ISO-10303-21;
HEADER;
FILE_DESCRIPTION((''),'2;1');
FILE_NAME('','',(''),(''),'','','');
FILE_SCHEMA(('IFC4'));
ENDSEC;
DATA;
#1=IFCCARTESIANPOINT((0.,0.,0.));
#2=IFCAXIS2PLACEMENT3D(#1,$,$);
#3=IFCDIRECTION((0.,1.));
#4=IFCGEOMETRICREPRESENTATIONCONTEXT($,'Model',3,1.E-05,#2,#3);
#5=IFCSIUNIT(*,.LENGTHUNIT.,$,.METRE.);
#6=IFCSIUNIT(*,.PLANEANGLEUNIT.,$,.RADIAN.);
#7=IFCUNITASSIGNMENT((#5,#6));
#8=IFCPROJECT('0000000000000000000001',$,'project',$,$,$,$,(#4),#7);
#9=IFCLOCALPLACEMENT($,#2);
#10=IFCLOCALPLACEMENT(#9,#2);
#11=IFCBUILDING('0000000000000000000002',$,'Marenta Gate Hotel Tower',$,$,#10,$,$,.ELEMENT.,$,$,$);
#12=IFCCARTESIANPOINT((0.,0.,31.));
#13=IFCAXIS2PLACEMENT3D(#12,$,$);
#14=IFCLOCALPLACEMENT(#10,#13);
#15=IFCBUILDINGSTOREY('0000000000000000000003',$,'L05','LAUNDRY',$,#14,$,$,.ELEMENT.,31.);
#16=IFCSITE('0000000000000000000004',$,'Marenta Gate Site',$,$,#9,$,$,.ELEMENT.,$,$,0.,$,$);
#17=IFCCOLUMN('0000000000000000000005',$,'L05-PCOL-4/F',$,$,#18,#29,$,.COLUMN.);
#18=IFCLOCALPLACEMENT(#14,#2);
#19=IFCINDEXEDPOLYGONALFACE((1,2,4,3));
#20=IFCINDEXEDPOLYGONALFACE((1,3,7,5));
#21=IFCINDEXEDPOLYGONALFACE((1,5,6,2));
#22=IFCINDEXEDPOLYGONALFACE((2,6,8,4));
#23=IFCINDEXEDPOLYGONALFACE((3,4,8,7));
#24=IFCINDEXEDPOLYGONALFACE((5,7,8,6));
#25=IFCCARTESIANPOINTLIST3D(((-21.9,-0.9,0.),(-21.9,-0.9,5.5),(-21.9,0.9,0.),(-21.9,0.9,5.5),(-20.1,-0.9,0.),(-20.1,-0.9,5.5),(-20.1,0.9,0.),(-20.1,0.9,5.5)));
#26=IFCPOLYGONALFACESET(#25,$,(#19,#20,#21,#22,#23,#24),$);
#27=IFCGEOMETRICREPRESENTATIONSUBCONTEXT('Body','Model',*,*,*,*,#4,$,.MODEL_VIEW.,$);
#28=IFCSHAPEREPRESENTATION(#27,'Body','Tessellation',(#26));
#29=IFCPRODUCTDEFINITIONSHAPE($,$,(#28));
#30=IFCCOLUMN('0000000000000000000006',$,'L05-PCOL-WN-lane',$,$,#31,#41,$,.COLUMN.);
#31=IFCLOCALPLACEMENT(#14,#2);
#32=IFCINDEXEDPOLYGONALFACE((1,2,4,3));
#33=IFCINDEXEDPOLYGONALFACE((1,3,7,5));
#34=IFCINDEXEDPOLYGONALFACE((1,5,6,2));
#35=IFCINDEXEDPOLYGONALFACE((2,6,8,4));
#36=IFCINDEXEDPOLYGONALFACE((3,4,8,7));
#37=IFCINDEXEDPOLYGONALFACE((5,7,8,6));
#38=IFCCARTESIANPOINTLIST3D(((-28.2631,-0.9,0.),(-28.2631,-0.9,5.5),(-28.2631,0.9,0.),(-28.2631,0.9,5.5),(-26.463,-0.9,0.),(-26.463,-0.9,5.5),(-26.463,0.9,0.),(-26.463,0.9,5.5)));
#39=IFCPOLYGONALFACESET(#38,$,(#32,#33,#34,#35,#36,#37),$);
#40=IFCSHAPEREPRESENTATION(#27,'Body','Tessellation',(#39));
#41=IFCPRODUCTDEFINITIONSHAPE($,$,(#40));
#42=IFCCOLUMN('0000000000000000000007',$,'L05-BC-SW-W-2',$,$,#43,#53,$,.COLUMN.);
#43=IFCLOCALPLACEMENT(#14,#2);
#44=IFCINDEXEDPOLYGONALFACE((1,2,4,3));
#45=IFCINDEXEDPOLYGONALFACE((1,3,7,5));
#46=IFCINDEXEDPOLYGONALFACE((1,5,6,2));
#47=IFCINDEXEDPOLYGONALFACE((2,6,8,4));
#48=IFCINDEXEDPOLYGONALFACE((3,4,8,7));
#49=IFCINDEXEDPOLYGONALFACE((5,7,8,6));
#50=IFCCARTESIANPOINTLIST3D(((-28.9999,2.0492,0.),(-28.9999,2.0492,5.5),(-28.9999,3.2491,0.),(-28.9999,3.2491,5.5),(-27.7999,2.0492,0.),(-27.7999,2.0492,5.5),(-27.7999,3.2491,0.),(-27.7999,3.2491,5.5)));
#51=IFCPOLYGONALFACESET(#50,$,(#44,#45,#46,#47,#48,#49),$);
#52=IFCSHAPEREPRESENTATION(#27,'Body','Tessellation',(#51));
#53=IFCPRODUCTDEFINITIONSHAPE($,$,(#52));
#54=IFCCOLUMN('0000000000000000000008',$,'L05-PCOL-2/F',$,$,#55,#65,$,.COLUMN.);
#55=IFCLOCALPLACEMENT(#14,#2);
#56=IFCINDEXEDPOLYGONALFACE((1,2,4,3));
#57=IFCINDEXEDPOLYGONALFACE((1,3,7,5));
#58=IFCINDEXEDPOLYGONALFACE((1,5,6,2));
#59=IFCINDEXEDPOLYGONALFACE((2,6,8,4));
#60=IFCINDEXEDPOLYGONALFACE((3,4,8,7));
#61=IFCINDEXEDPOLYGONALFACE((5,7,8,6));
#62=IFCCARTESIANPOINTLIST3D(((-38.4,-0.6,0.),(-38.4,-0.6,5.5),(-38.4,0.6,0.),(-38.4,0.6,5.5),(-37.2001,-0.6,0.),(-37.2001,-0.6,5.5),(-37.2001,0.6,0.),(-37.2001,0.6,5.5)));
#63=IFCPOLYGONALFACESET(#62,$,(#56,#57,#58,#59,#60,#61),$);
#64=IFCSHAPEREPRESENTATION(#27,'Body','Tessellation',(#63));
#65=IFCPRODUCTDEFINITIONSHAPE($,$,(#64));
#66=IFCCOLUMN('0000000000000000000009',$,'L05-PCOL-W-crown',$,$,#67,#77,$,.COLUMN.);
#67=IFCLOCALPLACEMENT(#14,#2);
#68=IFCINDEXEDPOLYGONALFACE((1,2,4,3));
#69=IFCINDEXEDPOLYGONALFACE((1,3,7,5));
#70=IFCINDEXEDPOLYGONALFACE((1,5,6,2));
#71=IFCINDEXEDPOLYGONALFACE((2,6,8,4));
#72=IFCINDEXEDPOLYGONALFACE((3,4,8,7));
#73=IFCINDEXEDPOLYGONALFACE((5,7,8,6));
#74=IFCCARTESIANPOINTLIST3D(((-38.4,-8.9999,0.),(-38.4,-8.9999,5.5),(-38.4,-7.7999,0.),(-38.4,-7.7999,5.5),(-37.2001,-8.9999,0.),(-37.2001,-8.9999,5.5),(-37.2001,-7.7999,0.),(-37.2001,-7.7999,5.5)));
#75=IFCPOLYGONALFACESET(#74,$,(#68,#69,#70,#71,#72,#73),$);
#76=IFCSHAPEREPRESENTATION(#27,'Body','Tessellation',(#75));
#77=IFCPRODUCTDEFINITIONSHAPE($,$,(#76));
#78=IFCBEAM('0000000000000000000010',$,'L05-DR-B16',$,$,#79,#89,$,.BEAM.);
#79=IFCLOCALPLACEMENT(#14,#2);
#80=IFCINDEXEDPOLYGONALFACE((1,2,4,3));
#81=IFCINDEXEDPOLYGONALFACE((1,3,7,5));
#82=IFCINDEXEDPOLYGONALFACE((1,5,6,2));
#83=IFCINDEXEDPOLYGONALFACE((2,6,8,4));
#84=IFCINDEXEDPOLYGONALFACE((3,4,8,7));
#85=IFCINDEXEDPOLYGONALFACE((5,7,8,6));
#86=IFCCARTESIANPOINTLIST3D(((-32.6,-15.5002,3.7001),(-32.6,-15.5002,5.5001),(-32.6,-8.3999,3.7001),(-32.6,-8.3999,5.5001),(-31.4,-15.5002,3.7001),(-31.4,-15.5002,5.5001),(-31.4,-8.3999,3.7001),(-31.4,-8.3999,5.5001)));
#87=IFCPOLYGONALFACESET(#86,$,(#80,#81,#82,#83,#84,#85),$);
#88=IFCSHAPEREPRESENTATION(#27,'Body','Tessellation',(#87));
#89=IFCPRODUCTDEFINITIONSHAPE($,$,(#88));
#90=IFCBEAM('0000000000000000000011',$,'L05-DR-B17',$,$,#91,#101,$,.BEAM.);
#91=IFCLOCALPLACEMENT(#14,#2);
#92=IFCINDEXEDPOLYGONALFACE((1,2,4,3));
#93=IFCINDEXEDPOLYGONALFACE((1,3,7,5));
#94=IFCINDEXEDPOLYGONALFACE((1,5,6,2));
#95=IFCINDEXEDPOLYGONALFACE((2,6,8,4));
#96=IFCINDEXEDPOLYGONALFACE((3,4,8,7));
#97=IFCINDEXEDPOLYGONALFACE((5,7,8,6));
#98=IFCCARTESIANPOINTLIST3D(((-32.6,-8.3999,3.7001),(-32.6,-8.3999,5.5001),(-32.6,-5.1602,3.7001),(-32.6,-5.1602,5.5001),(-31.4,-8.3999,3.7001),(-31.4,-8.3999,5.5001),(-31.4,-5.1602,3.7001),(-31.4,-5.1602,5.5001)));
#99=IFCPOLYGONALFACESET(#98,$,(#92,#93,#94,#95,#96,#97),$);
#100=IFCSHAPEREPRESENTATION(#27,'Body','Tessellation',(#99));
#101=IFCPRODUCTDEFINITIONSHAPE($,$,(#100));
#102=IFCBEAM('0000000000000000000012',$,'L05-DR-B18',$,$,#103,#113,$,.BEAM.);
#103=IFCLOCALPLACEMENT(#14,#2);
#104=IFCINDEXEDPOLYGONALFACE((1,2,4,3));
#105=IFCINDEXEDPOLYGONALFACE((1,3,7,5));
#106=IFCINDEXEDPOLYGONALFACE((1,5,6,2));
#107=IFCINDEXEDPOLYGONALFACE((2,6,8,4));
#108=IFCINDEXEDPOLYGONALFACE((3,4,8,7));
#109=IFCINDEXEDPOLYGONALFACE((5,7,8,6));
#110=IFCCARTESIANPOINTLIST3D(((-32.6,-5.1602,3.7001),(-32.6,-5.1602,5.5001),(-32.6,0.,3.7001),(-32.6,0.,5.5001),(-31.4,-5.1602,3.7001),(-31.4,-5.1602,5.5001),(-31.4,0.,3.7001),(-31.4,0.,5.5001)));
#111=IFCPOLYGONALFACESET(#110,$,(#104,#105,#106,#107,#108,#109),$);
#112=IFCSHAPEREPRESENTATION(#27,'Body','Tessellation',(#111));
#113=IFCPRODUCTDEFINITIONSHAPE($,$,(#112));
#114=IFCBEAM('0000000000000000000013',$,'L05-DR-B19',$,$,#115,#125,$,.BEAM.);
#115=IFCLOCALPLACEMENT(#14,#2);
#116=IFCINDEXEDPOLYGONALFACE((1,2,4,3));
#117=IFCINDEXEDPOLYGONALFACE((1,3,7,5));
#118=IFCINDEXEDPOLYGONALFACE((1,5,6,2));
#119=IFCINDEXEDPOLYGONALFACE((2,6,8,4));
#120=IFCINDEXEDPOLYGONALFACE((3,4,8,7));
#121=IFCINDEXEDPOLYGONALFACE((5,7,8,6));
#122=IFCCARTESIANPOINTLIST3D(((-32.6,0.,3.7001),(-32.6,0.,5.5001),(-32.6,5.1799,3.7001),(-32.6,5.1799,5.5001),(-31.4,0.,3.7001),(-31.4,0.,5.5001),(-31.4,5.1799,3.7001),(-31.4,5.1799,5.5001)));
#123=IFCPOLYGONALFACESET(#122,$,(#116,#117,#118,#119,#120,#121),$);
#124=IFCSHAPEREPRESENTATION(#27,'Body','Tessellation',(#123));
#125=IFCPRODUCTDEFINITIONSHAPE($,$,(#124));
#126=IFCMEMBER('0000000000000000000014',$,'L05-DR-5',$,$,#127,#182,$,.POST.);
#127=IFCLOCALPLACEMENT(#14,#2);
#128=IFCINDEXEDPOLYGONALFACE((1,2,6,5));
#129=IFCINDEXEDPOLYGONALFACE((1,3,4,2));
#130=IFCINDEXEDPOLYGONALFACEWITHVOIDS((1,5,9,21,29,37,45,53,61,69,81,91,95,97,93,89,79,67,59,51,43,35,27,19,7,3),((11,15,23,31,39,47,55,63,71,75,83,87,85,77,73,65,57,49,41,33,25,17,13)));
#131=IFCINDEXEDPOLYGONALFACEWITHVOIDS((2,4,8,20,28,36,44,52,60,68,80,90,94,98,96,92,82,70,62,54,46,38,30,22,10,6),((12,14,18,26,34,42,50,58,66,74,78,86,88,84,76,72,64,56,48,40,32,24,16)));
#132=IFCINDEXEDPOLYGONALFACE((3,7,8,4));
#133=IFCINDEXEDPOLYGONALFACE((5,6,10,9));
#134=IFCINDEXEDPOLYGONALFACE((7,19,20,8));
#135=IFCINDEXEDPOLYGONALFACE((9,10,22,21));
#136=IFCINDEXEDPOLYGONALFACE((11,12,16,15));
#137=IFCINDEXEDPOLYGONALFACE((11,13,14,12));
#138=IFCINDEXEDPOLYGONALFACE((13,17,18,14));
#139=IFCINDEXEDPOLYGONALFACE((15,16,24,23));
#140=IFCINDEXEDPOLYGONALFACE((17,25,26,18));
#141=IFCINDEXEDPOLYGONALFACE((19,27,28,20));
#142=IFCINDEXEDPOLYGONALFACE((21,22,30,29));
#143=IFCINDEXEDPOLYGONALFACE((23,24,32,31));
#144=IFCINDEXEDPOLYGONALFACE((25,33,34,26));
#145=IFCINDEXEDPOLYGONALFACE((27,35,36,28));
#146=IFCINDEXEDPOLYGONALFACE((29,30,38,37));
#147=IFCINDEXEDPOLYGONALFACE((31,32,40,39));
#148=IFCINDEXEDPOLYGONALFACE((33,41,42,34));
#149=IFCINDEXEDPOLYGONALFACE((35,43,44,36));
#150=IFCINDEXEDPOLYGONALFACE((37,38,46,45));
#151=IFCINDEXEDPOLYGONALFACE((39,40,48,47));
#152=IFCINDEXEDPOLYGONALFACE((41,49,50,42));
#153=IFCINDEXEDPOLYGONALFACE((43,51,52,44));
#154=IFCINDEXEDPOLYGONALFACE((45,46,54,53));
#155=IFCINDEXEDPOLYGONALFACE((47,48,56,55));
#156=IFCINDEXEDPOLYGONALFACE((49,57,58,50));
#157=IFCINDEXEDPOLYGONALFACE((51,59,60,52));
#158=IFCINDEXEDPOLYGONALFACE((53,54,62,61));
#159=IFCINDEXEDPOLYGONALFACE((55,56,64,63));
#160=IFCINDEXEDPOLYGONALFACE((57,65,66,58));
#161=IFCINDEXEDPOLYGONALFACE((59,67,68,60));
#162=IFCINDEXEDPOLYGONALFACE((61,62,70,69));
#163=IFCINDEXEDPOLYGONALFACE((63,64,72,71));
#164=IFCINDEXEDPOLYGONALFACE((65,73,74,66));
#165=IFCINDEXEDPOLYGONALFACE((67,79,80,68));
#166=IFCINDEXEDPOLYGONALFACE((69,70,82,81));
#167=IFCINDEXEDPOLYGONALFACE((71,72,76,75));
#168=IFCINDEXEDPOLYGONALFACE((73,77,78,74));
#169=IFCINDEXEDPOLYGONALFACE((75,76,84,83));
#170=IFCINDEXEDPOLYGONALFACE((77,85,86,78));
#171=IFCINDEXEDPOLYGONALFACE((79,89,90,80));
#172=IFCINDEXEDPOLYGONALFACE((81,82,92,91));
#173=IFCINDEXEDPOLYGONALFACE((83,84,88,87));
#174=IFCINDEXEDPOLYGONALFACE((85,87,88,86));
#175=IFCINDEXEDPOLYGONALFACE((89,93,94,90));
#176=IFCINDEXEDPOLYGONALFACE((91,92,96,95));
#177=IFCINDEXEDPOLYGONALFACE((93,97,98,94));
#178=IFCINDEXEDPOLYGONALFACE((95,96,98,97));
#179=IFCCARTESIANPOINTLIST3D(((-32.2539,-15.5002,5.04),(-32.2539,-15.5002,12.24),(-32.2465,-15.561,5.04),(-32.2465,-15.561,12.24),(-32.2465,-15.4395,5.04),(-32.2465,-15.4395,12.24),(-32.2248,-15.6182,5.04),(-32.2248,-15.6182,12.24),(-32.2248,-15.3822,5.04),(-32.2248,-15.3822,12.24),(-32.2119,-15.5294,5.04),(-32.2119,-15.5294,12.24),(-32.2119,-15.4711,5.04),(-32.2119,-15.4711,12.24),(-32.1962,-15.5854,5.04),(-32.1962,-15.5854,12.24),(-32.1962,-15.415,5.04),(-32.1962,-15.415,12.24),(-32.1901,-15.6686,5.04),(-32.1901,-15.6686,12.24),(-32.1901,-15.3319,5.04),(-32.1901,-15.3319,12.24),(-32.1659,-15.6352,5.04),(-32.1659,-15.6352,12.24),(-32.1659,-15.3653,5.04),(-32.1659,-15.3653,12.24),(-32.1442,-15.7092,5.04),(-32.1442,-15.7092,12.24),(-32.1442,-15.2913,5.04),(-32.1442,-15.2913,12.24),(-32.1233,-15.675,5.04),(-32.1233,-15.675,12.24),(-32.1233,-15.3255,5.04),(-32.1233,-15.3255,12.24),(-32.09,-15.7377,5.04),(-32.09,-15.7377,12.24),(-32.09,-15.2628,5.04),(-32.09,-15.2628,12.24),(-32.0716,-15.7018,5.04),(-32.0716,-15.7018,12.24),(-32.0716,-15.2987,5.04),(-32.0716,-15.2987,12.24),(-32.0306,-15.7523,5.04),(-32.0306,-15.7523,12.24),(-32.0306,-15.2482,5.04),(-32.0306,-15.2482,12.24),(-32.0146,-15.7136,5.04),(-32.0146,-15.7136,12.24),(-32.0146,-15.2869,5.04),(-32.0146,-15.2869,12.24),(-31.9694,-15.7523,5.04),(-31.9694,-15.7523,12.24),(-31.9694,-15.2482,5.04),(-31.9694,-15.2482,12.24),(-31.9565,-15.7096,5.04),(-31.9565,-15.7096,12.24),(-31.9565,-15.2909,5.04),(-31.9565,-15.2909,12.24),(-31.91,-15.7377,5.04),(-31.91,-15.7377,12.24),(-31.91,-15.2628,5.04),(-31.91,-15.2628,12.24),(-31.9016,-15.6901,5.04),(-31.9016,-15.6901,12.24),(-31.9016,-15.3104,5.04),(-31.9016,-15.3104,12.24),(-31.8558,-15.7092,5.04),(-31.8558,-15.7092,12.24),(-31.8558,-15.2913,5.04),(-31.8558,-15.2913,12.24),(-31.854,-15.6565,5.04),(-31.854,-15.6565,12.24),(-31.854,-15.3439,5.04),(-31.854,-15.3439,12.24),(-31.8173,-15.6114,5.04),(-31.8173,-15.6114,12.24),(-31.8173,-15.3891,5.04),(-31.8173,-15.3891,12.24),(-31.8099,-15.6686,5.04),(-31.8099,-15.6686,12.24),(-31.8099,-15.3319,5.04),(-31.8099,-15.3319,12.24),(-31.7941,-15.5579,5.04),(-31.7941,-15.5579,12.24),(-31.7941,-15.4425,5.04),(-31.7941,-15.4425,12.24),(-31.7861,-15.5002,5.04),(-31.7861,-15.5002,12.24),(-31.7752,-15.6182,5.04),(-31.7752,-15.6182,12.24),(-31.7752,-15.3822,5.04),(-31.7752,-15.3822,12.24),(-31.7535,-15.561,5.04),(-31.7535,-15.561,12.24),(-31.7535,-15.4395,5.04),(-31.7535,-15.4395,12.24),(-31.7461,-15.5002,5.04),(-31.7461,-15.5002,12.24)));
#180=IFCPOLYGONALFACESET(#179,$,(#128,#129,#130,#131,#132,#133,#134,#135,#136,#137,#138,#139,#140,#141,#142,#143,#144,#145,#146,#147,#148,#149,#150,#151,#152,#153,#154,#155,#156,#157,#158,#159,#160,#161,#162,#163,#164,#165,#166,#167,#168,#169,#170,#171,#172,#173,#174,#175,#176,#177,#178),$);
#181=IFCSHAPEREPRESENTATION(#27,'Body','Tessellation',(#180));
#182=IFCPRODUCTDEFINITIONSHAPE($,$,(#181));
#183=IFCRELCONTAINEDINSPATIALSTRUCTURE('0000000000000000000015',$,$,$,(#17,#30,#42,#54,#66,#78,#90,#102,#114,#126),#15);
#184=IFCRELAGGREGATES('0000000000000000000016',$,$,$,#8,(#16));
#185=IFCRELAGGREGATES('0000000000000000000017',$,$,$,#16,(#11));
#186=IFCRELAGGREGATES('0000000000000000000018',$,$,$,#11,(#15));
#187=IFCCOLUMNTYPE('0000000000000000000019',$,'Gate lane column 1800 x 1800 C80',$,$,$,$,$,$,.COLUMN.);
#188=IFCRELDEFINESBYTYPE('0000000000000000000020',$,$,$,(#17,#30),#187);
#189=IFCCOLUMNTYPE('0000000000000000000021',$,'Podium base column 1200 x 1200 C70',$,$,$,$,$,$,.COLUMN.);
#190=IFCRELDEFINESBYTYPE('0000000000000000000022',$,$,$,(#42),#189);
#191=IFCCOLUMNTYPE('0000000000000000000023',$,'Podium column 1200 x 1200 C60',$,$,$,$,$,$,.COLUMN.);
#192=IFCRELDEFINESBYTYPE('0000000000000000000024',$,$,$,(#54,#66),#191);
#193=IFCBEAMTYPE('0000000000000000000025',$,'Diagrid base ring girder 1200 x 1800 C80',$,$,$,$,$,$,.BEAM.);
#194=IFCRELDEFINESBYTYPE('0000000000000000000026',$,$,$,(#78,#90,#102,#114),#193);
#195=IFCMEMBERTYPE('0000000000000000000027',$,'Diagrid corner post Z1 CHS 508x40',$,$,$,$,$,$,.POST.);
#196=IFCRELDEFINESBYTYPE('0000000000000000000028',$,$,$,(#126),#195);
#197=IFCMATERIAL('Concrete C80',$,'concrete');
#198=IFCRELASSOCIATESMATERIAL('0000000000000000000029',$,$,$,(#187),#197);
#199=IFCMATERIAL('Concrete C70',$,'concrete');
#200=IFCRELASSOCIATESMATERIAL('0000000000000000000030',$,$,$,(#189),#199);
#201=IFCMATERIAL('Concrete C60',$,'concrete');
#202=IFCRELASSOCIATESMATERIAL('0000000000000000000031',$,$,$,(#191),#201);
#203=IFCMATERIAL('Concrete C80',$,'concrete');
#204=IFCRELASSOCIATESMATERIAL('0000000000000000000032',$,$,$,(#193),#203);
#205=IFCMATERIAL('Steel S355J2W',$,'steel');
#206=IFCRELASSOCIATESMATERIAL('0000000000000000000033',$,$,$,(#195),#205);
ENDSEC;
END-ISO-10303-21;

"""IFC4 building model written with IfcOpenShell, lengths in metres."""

from ifc_helpers import new_model, si_unit, direction, frame, origin, origin_2d, place, context, subcontext, project, spatial, rectangle, hollow_circle, extrude, material, material_profile, profile_set, type_object, element, save


model = new_model("IFC4")

# Units and contexts
model_context = context("Model", 3, precision=1e-05, world=origin(), true_north=direction((0.0, 1.0)))
body_context = subcontext(model_context, "Body", "Model", "MODEL_VIEW")
ifc_project = project(units=[si_unit("LENGTHUNIT", "METRE"), si_unit("PLANEANGLEUNIT", "RADIAN")], contexts=[model_context])

# Site, building, storey
site_placement = place(None, origin())
site = spatial("IfcSite", under=ifc_project, at=site_placement, Name="Marenta Gate Site", CompositionType="ELEMENT", RefElevation=0.0)
building_placement = place(site_placement, origin())
building = spatial("IfcBuilding", under=site, at=building_placement, Name="Marenta Gate Hotel Tower", CompositionType="ELEMENT")
storey_placement = place(building_placement, frame((0.0, 0.0, 31.0)))
storey = spatial("IfcBuildingStorey", under=building, at=storey_placement, Name="L05", Description="LAUNDRY", CompositionType="ELEMENT", Elevation=31.0)

# Columns
ifc_material_1 = material(Name="Concrete C80", Category="concrete")
ifc_material_profile_1 = material_profile(ifc_material_1, rectangle(XDim=1.8, YDim=1.8, at=origin_2d()), Name="1800 x 1800")
ifc_profile_set_1 = profile_set([ifc_material_profile_1], Name="Concrete C80")
column_type_1 = type_object("IfcColumnType", Name="Gate lane column 1800 x 1800 C80", PredefinedType="COLUMN", material=ifc_profile_set_1)
for number, where, z_axis, x_axis, name in (
    (1, (-21.0, 0.0, 0.0), (0.0, 0.0, 1.0), (1.0, 0.0, 0.0), "L05-PCOL-4/F"),
    (2, (-27.363, 0.0, 0.0), (0.0, 0.0, 1.0), (1.0, 0.0, 0.0), "L05-PCOL-WN-lane"),
):
    element("IfcColumn", number, at=place(storey_placement, frame(where, z_axis=z_axis, x_axis=x_axis)), inside=storey, type_object=column_type_1, Name=name, PredefinedType="COLUMN", context=body_context, shape_type="SweptSolid", body=[
        extrude(rectangle(XDim=1.8, YDim=1.8, at=origin_2d()), origin(), (0.0, 0.0, 1.0), 5.5),
    ])
ifc_material_2 = material(Name="Concrete C70", Category="concrete")
ifc_material_profile_2 = material_profile(ifc_material_2, rectangle(XDim=1.2, YDim=1.2, at=origin_2d()), Name="1200 x 1200")
ifc_profile_set_2 = profile_set([ifc_material_profile_2], Name="Concrete C70")
column_type_2 = type_object("IfcColumnType", Name="Podium base column 1200 x 1200 C70", PredefinedType="COLUMN", material=ifc_profile_set_2)
column_placement = place(storey_placement, frame((-28.3999, 2.6492, 0.0), z_axis=(0.0, 0.0, 1.0), x_axis=(1.0, 0.0, 0.0)))
element("IfcColumn", 3, at=column_placement, inside=storey, type_object=column_type_2, Name="L05-BC-SW-W-2", PredefinedType="COLUMN", context=body_context, shape_type="SweptSolid", body=[
    extrude(rectangle(XDim=1.2, YDim=1.2, at=origin_2d()), origin(), (0.0, 0.0, 1.0), 5.5),
])
ifc_material_3 = material(Name="Concrete C60", Category="concrete")
ifc_material_profile_3 = material_profile(ifc_material_3, rectangle(XDim=1.2, YDim=1.2, at=origin_2d()), Name="1200 x 1200")
ifc_profile_set_3 = profile_set([ifc_material_profile_3], Name="Concrete C60")
column_type_3 = type_object("IfcColumnType", Name="Podium column 1200 x 1200 C60", PredefinedType="COLUMN", material=ifc_profile_set_3)
for number, where, z_axis, x_axis, name in (
    (4, (-37.8, 0.0, 0.0), (0.0, 0.0, 1.0), (1.0, 0.0, 0.0), "L05-PCOL-2/F"),
    (5, (-37.8, -8.3999, 0.0), (0.0, 0.0, 1.0), (1.0, 0.0, 0.0), "L05-PCOL-W-crown"),
):
    element("IfcColumn", number, at=place(storey_placement, frame(where, z_axis=z_axis, x_axis=x_axis)), inside=storey, type_object=column_type_3, Name=name, PredefinedType="COLUMN", context=body_context, shape_type="SweptSolid", body=[
        extrude(rectangle(XDim=1.2, YDim=1.2, at=origin_2d()), origin(), (0.0, 0.0, 1.0), 5.5),
    ])

# Beams
ifc_material_4 = material(Name="Concrete C80", Category="concrete")
ifc_material_profile_4 = material_profile(ifc_material_4, rectangle(XDim=1.2, YDim=1.8, at=origin_2d()), Name="1200 x 1800")
ifc_profile_set_4 = profile_set([ifc_material_profile_4], Name="Concrete C80")
beam_type_1 = type_object("IfcBeamType", Name="Diagrid base ring girder 1200 x 1800 C80", PredefinedType="BEAM", material=ifc_profile_set_4)
beam_1_placement = place(storey_placement, frame((-32.0, -15.5002, 4.6001), z_axis=(0.0, 1.0, 0.0), x_axis=(-1.0, 0.0, 0.0)))
element("IfcBeam", 6, at=beam_1_placement, inside=storey, type_object=beam_type_1, Name="L05-DR-B16", PredefinedType="BEAM", context=body_context, shape_type="SweptSolid", body=[
    extrude(rectangle(XDim=1.2, YDim=1.8, at=origin_2d()), origin(), (0.0, 0.0, 1.0), 7.1003),
])
beam_2_placement = place(storey_placement, frame((-32.0, -8.3999, 4.6001), z_axis=(0.0, 1.0, 0.0), x_axis=(-1.0, 0.0, 0.0)))
element("IfcBeam", 7, at=beam_2_placement, inside=storey, type_object=beam_type_1, Name="L05-DR-B17", PredefinedType="BEAM", context=body_context, shape_type="SweptSolid", body=[
    extrude(rectangle(XDim=1.2, YDim=1.8, at=origin_2d()), origin(), (0.0, 0.0, 1.0), 3.2397),
])
beam_3_placement = place(storey_placement, frame((-32.0, -5.1602, 4.6001), z_axis=(0.0, 1.0, 0.0), x_axis=(-1.0, 0.0, 0.0)))
element("IfcBeam", 8, at=beam_3_placement, inside=storey, type_object=beam_type_1, Name="L05-DR-B18", PredefinedType="BEAM", context=body_context, shape_type="SweptSolid", body=[
    extrude(rectangle(XDim=1.2, YDim=1.8, at=origin_2d()), origin(), (0.0, 0.0, 1.0), 5.1602),
])
beam_4_placement = place(storey_placement, frame((-32.0, 0.0, 4.6001), z_axis=(0.0, 1.0, 0.0), x_axis=(-1.0, 0.0, 0.0)))
element("IfcBeam", 9, at=beam_4_placement, inside=storey, type_object=beam_type_1, Name="L05-DR-B19", PredefinedType="BEAM", context=body_context, shape_type="SweptSolid", body=[
    extrude(rectangle(XDim=1.2, YDim=1.8, at=origin_2d()), origin(), (0.0, 0.0, 1.0), 5.1799),
])

# Member
ifc_material_5 = material(Name="Steel S355J2W", Category="steel")
ifc_material_profile_5 = material_profile(ifc_material_5, hollow_circle(Radius=0.2539, WallThickness=0.04, at=origin_2d()), Name="CHS 508x40")
ifc_profile_set_5 = profile_set([ifc_material_profile_5], Name="Steel S355J2W")
member_type_1 = type_object("IfcMemberType", Name="Diagrid corner post Z1 CHS 508x40", PredefinedType="POST", material=ifc_profile_set_5)
member_1_placement = place(storey_placement, frame((-32.0, -15.5002, 5.04), z_axis=(0.0, 0.0, 1.0), x_axis=(1.0, 0.0, 0.0)))
element("IfcMember", 10, at=member_1_placement, inside=storey, type_object=member_type_1, Name="L05-DR-5", PredefinedType="POST", context=body_context, shape_type="SweptSolid", body=[
    extrude(hollow_circle(Radius=0.2539, WallThickness=0.04, at=origin_2d()), origin(), (0.0, 0.0, 1.0), 7.2),
])

save(model, "model.ifc")
